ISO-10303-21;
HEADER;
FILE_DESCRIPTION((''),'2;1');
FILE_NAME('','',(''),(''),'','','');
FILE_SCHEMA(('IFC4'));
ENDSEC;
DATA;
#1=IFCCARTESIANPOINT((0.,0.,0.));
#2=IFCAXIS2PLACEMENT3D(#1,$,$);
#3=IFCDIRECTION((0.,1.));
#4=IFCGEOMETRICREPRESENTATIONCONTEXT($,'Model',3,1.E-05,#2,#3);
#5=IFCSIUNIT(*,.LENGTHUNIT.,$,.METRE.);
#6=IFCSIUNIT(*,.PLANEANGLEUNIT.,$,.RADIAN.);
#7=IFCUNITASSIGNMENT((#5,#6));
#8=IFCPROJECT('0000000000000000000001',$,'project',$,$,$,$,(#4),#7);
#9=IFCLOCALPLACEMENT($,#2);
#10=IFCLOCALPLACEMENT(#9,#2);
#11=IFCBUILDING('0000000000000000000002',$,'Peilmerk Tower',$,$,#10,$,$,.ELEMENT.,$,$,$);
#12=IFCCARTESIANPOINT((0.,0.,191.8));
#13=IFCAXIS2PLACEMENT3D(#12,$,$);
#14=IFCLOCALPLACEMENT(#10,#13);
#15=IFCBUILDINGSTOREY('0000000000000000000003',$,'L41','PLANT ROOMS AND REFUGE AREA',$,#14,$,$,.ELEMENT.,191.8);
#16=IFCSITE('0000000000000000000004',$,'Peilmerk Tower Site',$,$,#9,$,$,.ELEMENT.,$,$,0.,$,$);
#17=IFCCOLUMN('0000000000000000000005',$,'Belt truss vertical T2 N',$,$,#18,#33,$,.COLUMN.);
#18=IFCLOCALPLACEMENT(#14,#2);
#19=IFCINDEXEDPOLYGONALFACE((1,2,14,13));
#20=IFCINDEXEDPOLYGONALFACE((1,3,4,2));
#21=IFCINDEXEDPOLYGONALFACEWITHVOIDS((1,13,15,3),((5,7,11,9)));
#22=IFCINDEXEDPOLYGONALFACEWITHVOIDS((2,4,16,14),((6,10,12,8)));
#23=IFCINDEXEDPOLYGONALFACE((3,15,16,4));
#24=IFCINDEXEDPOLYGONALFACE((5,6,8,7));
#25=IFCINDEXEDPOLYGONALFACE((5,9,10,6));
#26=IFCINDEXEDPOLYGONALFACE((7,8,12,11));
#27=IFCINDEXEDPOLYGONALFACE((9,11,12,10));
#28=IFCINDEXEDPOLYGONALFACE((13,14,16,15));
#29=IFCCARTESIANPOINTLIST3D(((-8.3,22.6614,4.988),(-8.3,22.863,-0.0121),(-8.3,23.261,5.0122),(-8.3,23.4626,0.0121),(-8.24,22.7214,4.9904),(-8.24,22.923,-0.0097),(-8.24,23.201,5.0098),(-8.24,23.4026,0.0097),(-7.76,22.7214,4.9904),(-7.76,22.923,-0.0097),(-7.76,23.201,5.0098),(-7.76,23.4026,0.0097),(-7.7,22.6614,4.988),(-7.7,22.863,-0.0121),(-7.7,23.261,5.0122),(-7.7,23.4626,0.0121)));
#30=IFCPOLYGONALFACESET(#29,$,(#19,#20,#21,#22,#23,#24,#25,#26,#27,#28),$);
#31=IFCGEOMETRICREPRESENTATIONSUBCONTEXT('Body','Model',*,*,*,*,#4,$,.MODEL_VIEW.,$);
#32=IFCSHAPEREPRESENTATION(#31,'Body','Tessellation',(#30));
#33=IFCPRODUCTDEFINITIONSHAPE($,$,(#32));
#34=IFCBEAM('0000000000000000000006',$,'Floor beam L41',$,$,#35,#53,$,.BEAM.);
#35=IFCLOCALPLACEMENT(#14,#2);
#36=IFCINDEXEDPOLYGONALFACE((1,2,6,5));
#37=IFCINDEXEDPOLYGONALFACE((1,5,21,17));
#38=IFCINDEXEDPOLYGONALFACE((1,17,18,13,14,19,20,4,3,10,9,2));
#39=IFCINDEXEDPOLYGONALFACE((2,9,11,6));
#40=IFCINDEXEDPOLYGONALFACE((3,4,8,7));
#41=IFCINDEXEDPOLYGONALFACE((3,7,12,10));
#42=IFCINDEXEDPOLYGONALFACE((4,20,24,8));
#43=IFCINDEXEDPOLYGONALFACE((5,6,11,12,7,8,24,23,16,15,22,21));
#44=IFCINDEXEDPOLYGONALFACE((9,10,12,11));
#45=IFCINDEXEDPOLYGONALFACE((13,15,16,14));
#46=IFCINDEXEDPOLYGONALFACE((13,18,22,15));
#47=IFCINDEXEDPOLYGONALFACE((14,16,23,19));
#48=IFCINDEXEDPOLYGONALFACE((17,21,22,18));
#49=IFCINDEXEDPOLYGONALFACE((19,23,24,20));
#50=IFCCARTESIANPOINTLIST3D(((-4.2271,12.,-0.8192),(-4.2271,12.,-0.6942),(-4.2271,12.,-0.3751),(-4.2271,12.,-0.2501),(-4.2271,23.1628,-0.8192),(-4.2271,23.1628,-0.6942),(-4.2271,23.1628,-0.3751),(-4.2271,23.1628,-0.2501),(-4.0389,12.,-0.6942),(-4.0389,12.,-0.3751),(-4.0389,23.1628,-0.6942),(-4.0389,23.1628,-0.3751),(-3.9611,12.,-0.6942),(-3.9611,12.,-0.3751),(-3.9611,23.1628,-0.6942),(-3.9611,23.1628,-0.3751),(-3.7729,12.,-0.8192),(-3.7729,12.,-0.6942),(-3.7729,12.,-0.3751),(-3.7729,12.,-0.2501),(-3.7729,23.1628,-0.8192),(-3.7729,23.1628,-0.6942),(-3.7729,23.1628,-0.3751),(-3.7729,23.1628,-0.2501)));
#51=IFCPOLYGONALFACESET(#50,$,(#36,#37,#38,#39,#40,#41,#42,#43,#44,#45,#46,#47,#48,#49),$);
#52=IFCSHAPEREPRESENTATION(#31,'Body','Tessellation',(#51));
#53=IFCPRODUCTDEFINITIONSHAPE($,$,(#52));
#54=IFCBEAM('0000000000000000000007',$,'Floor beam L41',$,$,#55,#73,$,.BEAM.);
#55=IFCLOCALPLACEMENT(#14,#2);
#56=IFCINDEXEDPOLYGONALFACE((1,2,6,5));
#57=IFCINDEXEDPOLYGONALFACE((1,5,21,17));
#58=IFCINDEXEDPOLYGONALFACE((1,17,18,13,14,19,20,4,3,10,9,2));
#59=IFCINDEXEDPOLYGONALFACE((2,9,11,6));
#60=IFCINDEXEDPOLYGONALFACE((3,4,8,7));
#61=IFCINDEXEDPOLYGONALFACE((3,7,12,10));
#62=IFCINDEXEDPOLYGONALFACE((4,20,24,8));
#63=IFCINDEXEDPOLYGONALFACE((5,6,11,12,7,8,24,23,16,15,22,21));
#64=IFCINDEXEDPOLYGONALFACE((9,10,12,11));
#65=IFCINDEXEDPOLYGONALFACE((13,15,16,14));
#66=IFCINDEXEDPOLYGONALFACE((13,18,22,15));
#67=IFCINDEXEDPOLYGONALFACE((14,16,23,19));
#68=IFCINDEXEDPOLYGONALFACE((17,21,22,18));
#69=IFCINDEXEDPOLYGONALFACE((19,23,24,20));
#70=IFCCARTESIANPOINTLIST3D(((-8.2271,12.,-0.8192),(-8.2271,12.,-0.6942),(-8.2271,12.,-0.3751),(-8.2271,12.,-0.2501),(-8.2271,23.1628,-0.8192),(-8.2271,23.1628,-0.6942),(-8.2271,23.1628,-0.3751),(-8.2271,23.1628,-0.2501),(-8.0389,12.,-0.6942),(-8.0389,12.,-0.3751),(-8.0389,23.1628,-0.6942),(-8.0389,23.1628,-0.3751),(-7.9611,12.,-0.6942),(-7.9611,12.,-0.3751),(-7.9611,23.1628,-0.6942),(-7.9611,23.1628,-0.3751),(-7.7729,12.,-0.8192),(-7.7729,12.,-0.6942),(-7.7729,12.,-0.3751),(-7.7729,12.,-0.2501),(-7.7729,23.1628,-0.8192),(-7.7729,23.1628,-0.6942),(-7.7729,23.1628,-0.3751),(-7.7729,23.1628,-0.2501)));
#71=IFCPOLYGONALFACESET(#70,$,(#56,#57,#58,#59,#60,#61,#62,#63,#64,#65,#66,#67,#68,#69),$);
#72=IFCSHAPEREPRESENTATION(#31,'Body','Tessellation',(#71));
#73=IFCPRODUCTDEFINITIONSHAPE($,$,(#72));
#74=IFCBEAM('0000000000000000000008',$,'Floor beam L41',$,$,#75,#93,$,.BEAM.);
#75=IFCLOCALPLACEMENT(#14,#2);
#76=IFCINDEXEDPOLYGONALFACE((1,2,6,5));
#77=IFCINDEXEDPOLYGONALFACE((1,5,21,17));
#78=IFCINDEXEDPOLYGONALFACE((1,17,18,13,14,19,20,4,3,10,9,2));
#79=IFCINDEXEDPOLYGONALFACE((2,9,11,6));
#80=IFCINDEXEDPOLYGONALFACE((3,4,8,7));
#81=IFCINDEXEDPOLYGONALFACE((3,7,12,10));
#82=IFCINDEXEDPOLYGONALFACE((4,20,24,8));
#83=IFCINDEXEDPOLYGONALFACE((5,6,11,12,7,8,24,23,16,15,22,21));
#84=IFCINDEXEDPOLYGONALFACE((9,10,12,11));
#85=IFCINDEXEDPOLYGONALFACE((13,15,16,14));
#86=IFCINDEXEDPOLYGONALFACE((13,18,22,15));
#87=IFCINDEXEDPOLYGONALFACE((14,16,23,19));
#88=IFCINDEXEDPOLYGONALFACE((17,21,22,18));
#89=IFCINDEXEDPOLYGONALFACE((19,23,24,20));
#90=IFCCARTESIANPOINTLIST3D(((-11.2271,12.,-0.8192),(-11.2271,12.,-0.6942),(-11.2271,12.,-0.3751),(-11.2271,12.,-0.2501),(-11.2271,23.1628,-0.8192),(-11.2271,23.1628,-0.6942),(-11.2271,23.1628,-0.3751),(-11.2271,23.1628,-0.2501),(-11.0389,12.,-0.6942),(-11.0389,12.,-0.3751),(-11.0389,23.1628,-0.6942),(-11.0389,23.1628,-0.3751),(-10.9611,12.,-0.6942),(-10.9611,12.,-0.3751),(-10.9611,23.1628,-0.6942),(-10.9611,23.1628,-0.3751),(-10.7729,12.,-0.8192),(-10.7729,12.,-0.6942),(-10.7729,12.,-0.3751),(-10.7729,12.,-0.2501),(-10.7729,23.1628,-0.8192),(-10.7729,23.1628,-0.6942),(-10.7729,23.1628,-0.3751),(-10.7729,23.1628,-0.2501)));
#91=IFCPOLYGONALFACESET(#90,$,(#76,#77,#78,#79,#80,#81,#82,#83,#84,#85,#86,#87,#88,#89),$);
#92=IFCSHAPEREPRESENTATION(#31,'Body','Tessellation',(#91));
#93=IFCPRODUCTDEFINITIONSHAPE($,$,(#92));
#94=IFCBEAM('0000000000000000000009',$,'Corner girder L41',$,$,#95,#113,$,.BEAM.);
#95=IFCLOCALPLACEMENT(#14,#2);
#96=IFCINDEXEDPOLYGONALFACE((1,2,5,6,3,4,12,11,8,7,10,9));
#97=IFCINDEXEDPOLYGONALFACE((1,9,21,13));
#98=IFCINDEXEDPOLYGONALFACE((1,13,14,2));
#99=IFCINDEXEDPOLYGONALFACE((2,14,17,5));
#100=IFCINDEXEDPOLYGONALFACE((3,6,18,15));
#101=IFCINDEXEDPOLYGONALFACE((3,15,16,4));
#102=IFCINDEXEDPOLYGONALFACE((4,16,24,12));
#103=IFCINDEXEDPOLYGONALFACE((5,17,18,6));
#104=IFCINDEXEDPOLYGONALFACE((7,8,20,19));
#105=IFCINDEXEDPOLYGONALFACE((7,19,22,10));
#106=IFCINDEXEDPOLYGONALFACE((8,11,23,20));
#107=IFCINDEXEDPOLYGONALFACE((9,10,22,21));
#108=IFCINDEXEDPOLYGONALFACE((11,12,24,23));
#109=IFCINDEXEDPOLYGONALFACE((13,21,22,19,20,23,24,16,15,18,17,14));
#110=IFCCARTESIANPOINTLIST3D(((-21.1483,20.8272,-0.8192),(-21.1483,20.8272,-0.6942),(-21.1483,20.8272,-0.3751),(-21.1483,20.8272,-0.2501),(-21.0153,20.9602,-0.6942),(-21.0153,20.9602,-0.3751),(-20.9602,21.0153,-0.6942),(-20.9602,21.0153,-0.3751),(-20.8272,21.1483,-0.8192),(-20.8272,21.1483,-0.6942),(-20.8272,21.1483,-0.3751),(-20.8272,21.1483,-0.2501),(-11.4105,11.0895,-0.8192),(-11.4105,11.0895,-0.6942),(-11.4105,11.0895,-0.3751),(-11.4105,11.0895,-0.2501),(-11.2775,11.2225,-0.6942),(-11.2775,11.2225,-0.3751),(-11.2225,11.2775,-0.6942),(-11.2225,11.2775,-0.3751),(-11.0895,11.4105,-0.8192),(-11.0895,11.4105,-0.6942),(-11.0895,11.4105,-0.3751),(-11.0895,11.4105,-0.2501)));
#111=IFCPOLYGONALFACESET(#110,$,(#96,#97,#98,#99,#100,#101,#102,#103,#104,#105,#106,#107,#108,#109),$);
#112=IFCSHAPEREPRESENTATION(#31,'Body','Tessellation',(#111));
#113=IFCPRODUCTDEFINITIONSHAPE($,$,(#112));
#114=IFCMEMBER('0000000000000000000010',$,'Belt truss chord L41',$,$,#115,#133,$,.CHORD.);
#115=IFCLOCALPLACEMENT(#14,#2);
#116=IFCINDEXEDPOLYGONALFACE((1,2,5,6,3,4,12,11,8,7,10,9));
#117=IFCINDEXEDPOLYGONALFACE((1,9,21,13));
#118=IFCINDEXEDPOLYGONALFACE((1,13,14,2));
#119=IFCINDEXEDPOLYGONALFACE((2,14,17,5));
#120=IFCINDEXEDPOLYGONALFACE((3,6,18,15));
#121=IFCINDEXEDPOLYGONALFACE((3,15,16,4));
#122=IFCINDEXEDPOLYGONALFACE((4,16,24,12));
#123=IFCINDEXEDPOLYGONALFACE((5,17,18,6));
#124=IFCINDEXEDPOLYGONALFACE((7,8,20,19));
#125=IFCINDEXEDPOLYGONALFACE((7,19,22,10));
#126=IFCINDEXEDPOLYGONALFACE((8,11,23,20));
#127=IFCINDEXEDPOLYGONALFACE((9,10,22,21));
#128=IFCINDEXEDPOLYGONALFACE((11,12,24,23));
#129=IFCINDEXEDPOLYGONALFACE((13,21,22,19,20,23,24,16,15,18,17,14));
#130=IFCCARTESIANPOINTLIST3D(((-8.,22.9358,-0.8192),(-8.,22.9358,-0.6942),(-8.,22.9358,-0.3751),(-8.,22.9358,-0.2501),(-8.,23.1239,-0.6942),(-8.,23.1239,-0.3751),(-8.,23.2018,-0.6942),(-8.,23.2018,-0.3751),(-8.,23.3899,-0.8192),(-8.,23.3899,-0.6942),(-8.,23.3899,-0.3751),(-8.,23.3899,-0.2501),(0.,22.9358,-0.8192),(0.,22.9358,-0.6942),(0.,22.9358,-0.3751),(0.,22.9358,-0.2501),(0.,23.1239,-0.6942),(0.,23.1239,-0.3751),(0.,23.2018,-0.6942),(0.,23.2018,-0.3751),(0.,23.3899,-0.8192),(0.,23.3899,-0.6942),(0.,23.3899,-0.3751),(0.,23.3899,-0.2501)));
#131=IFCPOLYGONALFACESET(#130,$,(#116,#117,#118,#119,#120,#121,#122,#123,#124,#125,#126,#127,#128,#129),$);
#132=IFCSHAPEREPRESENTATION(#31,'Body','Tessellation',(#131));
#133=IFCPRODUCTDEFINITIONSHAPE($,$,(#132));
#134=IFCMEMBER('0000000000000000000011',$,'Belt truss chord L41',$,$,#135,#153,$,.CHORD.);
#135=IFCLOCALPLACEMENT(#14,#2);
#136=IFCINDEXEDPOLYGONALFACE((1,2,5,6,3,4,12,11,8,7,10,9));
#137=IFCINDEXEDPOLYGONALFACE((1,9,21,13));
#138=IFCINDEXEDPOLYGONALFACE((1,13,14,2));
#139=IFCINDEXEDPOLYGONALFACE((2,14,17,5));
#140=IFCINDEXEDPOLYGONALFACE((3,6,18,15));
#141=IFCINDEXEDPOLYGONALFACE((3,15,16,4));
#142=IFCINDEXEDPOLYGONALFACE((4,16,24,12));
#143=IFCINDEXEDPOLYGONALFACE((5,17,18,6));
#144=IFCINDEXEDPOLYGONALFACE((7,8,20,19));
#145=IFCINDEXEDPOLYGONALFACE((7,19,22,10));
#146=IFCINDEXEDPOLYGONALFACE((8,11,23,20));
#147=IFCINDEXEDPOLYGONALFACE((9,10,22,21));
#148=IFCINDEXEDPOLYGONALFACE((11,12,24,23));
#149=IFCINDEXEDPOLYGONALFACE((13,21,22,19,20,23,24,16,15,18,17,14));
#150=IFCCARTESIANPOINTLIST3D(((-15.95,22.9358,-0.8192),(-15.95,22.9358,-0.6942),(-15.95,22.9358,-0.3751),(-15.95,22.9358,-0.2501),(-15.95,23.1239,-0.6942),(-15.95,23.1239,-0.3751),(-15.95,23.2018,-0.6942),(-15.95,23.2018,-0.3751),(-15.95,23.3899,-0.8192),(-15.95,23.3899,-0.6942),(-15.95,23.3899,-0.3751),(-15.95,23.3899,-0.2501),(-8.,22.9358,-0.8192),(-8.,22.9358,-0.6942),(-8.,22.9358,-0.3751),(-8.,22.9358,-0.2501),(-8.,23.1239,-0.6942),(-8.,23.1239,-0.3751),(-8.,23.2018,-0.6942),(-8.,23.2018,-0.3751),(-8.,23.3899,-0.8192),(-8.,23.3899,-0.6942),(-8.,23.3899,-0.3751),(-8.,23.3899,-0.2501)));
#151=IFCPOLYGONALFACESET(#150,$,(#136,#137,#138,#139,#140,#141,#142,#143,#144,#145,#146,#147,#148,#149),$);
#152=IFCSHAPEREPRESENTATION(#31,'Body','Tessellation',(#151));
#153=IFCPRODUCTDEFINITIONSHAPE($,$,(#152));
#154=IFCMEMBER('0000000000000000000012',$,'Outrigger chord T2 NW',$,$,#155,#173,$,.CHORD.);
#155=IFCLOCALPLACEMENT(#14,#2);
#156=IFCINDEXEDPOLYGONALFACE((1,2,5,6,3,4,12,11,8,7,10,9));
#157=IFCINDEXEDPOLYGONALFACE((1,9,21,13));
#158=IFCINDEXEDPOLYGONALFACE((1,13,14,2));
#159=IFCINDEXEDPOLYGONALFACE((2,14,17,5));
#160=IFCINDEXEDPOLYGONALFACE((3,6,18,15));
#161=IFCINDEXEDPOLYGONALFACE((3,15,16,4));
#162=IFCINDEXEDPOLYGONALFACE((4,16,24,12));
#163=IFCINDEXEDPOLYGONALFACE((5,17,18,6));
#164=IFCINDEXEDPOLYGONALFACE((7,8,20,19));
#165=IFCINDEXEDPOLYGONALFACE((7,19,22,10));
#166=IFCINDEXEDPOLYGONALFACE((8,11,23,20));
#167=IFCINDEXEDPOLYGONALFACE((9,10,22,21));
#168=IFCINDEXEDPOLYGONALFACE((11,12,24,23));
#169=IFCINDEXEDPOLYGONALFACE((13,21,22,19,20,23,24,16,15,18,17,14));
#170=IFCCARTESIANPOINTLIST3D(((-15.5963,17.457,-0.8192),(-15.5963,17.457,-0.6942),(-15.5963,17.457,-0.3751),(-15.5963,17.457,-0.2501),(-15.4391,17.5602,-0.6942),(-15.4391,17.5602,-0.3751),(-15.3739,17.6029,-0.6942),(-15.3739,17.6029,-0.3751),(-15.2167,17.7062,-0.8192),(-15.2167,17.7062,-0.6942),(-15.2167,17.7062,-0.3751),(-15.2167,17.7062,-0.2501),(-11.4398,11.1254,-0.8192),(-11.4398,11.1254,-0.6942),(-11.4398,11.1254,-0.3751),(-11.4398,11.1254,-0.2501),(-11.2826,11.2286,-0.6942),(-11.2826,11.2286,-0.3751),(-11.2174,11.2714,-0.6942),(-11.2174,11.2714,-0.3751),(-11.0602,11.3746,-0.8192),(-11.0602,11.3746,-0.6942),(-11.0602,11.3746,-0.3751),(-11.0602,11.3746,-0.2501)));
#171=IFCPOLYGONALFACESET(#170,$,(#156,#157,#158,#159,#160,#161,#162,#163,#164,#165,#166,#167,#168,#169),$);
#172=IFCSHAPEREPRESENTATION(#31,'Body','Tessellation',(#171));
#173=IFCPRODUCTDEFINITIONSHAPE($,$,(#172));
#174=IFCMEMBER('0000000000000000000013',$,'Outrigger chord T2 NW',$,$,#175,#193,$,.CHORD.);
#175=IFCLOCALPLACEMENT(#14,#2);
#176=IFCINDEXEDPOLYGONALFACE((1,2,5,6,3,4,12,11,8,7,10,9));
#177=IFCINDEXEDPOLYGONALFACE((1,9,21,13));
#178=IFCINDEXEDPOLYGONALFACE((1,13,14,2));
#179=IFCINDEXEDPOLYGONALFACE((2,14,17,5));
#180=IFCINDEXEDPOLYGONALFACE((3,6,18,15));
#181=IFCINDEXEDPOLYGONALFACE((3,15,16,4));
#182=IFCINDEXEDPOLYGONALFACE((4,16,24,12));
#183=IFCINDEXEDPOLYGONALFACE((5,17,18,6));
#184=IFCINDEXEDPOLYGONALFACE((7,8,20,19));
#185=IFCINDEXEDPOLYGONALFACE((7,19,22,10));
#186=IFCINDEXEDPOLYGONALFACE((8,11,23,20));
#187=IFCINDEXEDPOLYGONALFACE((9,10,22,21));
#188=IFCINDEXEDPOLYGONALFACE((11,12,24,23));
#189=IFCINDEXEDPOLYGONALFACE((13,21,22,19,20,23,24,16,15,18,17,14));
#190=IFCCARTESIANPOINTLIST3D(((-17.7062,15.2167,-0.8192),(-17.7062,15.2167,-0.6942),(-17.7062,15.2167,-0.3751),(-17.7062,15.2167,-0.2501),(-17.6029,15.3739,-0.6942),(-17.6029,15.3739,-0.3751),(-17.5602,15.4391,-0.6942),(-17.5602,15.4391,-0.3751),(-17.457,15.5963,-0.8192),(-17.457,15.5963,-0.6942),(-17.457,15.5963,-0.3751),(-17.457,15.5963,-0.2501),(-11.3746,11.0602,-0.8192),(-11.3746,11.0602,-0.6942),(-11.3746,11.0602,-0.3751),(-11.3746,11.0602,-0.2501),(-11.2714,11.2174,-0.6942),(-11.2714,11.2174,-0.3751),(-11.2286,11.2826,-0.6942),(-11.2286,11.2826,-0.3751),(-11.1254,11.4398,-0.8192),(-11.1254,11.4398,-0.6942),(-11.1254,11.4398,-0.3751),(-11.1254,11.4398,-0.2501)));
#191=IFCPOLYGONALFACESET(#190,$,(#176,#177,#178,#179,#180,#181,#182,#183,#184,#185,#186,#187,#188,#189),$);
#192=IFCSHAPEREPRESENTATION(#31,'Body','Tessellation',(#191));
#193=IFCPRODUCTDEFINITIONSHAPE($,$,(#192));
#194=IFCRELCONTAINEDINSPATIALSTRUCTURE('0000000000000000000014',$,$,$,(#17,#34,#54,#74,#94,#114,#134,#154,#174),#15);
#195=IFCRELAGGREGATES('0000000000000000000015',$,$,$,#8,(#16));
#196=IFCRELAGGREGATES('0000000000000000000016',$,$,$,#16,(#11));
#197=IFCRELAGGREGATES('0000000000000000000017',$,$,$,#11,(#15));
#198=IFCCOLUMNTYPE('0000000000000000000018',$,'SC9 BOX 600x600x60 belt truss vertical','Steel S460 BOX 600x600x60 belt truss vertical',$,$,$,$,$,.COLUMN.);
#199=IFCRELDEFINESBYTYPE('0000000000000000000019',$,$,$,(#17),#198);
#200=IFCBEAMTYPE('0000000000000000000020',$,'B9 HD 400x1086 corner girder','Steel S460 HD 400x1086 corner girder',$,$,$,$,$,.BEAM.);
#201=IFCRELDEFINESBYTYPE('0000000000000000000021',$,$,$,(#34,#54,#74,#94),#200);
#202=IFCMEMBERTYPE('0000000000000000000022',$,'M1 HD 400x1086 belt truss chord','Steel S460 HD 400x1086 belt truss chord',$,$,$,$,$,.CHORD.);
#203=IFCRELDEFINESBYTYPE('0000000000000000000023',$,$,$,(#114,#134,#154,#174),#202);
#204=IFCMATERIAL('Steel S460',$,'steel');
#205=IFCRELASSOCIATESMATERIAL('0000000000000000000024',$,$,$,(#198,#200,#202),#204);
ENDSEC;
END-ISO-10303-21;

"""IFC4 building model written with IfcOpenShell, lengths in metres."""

from ifc_helpers import new_model, si_unit, direction, frame, origin, origin_2d, place, context, subcontext, project, spatial, hollow_rectangle, i_section, extrude, material, material_profile, profile_set, type_object, element, save


model = new_model("IFC4")

# Units and contexts
model_context = context("Model", 3, precision=1e-05, world=origin(), true_north=direction((0.0, 1.0)))
body_context = subcontext(model_context, "Body", "Model", "MODEL_VIEW")
ifc_project = project(units=[si_unit("LENGTHUNIT", "METRE"), si_unit("PLANEANGLEUNIT", "RADIAN")], contexts=[model_context])

# Site, building, storey
site_placement = place(None, origin())
site = spatial("IfcSite", under=ifc_project, at=site_placement, Name="Peilmerk Tower Site", CompositionType="ELEMENT", RefElevation=0.0)
building_placement = place(site_placement, origin())
building = spatial("IfcBuilding", under=site, at=building_placement, Name="Peilmerk Tower", CompositionType="ELEMENT")
storey_placement = place(building_placement, frame((0.0, 0.0, 191.8)))
storey = spatial("IfcBuildingStorey", under=building, at=storey_placement, Name="L41", Description="PLANT ROOMS AND REFUGE AREA", CompositionType="ELEMENT", Elevation=191.8)

# Column
ifc_material_1 = material(Name="Steel S460", Category="steel")
ifc_material_profile_1 = material_profile(ifc_material_1, hollow_rectangle(XDim=0.6001, YDim=0.6001, WallThickness=0.0601, at=origin_2d()), Name="BOX 600x600x60")
ifc_profile_set_1 = profile_set([ifc_material_profile_1], Name="Steel S460")
column_type = type_object("IfcColumnType", Name="SC9 BOX 600x600x60 belt truss vertical", Description="Steel S460 BOX 600x600x60 belt truss vertical", PredefinedType="COLUMN", material=ifc_profile_set_1)
column_placement = place(storey_placement, frame((-8.0, 23.1628, 0.0), z_axis=(0.0, -0.040299, 0.999188), x_axis=(1.0, 0.0, 0.0)))
element("IfcColumn", 1, at=column_placement, inside=storey, type_object=column_type, Name="Belt truss vertical T2 N", PredefinedType="COLUMN", context=body_context, shape_type="SweptSolid", body=[
    extrude(hollow_rectangle(XDim=0.6001, YDim=0.6001, WallThickness=0.0601, at=origin_2d()), origin(), (0.0, 0.0, 1.0), 5.0042),
])

# Beams
ifc_material_profile_2 = material_profile(ifc_material_1, i_section(OverallWidth=0.4541, OverallDepth=0.5691, WebThickness=0.0779, FlangeThickness=0.125, at=origin_2d()), Name="HD 400x1086")
ifc_profile_set_2 = profile_set([ifc_material_profile_2], Name="Steel S460")
beam_type = type_object("IfcBeamType", Name="B9 HD 400x1086 corner girder", Description="Steel S460 HD 400x1086 corner girder", PredefinedType="BEAM", material=ifc_profile_set_2)
for number, where, z_axis, x_axis, name in (
    (2, (-4.0, 12.0, -0.5347), (0.0, 1.0, 0.0), (-1.0, 0.0, 0.0), "Floor beam L41"),
    (3, (-8.0, 12.0, -0.5347), (0.0, 1.0, 0.0), (-1.0, 0.0, 0.0), "Floor beam L41"),
    (4, (-11.0, 12.0, -0.5347), (0.0, 1.0, 0.0), (-1.0, 0.0, 0.0), "Floor beam L41"),
):
    element("IfcBeam", number, at=place(storey_placement, frame(where, z_axis=z_axis, x_axis=x_axis)), inside=storey, type_object=beam_type, Name=name, PredefinedType="BEAM", context=body_context, shape_type="SweptSolid", body=[
        extrude(i_section(OverallWidth=0.4541, OverallDepth=0.5691, WebThickness=0.0779, FlangeThickness=0.125, at=origin_2d()), origin(), (0.0, 0.0, 1.0), 11.1628),
    ])
beam_placement = place(storey_placement, frame((-11.25, 11.25, -0.5347), z_axis=(-0.707107, 0.707107, 0.0), x_axis=(-0.707107, -0.707107, 0.0)))
element("IfcBeam", 5, at=beam_placement, inside=storey, type_object=beam_type, Name="Corner girder L41", PredefinedType="BEAM", context=body_context, shape_type="SweptSolid", body=[
    extrude(i_section(OverallWidth=0.4541, OverallDepth=0.5691, WebThickness=0.0779, FlangeThickness=0.125, at=origin_2d()), origin(), (0.0, 0.0, 1.0), 13.7712),
])

# Members
ifc_material_profile_3 = material_profile(ifc_material_1, i_section(OverallWidth=0.4541, OverallDepth=0.5691, WebThickness=0.0779, FlangeThickness=0.125, at=origin_2d()), Name="HD 400x1086")
ifc_profile_set_3 = profile_set([ifc_material_profile_3], Name="Steel S460")
member_type_1 = type_object("IfcMemberType", Name="M1 HD 400x1086 belt truss chord", Description="Steel S460 HD 400x1086 belt truss chord", PredefinedType="CHORD", material=ifc_profile_set_3)
member_1_placement = place(storey_placement, frame((0.0, 23.1628, -0.5347), z_axis=(-1.0, 0.0, 0.0), x_axis=(0.0, -1.0, 0.0)))
element("IfcMember", 6, at=member_1_placement, inside=storey, type_object=member_type_1, Name="Belt truss chord L41", PredefinedType="CHORD", context=body_context, shape_type="SweptSolid", body=[
    extrude(i_section(OverallWidth=0.4541, OverallDepth=0.5691, WebThickness=0.0779, FlangeThickness=0.125, at=origin_2d()), origin(), (0.0, 0.0, 1.0), 8.0),
])
member_2_placement = place(storey_placement, frame((-8.0, 23.1628, -0.5347), z_axis=(-1.0, 0.0, 0.0), x_axis=(0.0, -1.0, 0.0)))
element("IfcMember", 7, at=member_2_placement, inside=storey, type_object=member_type_1, Name="Belt truss chord L41", PredefinedType="CHORD", context=body_context, shape_type="SweptSolid", body=[
    extrude(i_section(OverallWidth=0.4541, OverallDepth=0.5691, WebThickness=0.0779, FlangeThickness=0.125, at=origin_2d()), origin(), (0.0, 0.0, 1.0), 7.95),
])
for number, where, z_axis, x_axis, name in (
    (8, (-11.25, 11.25, -0.5347), (-0.548787, 0.835962, 0.0), (-0.835962, -0.548787, 0.0), "Outrigger chord T2 NW"),
    (9, (-11.25, 11.25, -0.5347), (-0.835962, 0.548787, 0.0), (-0.548787, -0.835962, 0.0), "Outrigger chord T2 NW"),
):
    element("IfcMember", number, at=place(storey_placement, frame(where, z_axis=z_axis, x_axis=x_axis)), inside=storey, type_object=member_type_1, Name=name, PredefinedType="CHORD", context=body_context, shape_type="SweptSolid", body=[
        extrude(i_section(OverallWidth=0.4541, OverallDepth=0.5691, WebThickness=0.0779, FlangeThickness=0.125, at=origin_2d()), origin(), (0.0, 0.0, 1.0), 7.574),
    ])

save(model, "model.ifc")
